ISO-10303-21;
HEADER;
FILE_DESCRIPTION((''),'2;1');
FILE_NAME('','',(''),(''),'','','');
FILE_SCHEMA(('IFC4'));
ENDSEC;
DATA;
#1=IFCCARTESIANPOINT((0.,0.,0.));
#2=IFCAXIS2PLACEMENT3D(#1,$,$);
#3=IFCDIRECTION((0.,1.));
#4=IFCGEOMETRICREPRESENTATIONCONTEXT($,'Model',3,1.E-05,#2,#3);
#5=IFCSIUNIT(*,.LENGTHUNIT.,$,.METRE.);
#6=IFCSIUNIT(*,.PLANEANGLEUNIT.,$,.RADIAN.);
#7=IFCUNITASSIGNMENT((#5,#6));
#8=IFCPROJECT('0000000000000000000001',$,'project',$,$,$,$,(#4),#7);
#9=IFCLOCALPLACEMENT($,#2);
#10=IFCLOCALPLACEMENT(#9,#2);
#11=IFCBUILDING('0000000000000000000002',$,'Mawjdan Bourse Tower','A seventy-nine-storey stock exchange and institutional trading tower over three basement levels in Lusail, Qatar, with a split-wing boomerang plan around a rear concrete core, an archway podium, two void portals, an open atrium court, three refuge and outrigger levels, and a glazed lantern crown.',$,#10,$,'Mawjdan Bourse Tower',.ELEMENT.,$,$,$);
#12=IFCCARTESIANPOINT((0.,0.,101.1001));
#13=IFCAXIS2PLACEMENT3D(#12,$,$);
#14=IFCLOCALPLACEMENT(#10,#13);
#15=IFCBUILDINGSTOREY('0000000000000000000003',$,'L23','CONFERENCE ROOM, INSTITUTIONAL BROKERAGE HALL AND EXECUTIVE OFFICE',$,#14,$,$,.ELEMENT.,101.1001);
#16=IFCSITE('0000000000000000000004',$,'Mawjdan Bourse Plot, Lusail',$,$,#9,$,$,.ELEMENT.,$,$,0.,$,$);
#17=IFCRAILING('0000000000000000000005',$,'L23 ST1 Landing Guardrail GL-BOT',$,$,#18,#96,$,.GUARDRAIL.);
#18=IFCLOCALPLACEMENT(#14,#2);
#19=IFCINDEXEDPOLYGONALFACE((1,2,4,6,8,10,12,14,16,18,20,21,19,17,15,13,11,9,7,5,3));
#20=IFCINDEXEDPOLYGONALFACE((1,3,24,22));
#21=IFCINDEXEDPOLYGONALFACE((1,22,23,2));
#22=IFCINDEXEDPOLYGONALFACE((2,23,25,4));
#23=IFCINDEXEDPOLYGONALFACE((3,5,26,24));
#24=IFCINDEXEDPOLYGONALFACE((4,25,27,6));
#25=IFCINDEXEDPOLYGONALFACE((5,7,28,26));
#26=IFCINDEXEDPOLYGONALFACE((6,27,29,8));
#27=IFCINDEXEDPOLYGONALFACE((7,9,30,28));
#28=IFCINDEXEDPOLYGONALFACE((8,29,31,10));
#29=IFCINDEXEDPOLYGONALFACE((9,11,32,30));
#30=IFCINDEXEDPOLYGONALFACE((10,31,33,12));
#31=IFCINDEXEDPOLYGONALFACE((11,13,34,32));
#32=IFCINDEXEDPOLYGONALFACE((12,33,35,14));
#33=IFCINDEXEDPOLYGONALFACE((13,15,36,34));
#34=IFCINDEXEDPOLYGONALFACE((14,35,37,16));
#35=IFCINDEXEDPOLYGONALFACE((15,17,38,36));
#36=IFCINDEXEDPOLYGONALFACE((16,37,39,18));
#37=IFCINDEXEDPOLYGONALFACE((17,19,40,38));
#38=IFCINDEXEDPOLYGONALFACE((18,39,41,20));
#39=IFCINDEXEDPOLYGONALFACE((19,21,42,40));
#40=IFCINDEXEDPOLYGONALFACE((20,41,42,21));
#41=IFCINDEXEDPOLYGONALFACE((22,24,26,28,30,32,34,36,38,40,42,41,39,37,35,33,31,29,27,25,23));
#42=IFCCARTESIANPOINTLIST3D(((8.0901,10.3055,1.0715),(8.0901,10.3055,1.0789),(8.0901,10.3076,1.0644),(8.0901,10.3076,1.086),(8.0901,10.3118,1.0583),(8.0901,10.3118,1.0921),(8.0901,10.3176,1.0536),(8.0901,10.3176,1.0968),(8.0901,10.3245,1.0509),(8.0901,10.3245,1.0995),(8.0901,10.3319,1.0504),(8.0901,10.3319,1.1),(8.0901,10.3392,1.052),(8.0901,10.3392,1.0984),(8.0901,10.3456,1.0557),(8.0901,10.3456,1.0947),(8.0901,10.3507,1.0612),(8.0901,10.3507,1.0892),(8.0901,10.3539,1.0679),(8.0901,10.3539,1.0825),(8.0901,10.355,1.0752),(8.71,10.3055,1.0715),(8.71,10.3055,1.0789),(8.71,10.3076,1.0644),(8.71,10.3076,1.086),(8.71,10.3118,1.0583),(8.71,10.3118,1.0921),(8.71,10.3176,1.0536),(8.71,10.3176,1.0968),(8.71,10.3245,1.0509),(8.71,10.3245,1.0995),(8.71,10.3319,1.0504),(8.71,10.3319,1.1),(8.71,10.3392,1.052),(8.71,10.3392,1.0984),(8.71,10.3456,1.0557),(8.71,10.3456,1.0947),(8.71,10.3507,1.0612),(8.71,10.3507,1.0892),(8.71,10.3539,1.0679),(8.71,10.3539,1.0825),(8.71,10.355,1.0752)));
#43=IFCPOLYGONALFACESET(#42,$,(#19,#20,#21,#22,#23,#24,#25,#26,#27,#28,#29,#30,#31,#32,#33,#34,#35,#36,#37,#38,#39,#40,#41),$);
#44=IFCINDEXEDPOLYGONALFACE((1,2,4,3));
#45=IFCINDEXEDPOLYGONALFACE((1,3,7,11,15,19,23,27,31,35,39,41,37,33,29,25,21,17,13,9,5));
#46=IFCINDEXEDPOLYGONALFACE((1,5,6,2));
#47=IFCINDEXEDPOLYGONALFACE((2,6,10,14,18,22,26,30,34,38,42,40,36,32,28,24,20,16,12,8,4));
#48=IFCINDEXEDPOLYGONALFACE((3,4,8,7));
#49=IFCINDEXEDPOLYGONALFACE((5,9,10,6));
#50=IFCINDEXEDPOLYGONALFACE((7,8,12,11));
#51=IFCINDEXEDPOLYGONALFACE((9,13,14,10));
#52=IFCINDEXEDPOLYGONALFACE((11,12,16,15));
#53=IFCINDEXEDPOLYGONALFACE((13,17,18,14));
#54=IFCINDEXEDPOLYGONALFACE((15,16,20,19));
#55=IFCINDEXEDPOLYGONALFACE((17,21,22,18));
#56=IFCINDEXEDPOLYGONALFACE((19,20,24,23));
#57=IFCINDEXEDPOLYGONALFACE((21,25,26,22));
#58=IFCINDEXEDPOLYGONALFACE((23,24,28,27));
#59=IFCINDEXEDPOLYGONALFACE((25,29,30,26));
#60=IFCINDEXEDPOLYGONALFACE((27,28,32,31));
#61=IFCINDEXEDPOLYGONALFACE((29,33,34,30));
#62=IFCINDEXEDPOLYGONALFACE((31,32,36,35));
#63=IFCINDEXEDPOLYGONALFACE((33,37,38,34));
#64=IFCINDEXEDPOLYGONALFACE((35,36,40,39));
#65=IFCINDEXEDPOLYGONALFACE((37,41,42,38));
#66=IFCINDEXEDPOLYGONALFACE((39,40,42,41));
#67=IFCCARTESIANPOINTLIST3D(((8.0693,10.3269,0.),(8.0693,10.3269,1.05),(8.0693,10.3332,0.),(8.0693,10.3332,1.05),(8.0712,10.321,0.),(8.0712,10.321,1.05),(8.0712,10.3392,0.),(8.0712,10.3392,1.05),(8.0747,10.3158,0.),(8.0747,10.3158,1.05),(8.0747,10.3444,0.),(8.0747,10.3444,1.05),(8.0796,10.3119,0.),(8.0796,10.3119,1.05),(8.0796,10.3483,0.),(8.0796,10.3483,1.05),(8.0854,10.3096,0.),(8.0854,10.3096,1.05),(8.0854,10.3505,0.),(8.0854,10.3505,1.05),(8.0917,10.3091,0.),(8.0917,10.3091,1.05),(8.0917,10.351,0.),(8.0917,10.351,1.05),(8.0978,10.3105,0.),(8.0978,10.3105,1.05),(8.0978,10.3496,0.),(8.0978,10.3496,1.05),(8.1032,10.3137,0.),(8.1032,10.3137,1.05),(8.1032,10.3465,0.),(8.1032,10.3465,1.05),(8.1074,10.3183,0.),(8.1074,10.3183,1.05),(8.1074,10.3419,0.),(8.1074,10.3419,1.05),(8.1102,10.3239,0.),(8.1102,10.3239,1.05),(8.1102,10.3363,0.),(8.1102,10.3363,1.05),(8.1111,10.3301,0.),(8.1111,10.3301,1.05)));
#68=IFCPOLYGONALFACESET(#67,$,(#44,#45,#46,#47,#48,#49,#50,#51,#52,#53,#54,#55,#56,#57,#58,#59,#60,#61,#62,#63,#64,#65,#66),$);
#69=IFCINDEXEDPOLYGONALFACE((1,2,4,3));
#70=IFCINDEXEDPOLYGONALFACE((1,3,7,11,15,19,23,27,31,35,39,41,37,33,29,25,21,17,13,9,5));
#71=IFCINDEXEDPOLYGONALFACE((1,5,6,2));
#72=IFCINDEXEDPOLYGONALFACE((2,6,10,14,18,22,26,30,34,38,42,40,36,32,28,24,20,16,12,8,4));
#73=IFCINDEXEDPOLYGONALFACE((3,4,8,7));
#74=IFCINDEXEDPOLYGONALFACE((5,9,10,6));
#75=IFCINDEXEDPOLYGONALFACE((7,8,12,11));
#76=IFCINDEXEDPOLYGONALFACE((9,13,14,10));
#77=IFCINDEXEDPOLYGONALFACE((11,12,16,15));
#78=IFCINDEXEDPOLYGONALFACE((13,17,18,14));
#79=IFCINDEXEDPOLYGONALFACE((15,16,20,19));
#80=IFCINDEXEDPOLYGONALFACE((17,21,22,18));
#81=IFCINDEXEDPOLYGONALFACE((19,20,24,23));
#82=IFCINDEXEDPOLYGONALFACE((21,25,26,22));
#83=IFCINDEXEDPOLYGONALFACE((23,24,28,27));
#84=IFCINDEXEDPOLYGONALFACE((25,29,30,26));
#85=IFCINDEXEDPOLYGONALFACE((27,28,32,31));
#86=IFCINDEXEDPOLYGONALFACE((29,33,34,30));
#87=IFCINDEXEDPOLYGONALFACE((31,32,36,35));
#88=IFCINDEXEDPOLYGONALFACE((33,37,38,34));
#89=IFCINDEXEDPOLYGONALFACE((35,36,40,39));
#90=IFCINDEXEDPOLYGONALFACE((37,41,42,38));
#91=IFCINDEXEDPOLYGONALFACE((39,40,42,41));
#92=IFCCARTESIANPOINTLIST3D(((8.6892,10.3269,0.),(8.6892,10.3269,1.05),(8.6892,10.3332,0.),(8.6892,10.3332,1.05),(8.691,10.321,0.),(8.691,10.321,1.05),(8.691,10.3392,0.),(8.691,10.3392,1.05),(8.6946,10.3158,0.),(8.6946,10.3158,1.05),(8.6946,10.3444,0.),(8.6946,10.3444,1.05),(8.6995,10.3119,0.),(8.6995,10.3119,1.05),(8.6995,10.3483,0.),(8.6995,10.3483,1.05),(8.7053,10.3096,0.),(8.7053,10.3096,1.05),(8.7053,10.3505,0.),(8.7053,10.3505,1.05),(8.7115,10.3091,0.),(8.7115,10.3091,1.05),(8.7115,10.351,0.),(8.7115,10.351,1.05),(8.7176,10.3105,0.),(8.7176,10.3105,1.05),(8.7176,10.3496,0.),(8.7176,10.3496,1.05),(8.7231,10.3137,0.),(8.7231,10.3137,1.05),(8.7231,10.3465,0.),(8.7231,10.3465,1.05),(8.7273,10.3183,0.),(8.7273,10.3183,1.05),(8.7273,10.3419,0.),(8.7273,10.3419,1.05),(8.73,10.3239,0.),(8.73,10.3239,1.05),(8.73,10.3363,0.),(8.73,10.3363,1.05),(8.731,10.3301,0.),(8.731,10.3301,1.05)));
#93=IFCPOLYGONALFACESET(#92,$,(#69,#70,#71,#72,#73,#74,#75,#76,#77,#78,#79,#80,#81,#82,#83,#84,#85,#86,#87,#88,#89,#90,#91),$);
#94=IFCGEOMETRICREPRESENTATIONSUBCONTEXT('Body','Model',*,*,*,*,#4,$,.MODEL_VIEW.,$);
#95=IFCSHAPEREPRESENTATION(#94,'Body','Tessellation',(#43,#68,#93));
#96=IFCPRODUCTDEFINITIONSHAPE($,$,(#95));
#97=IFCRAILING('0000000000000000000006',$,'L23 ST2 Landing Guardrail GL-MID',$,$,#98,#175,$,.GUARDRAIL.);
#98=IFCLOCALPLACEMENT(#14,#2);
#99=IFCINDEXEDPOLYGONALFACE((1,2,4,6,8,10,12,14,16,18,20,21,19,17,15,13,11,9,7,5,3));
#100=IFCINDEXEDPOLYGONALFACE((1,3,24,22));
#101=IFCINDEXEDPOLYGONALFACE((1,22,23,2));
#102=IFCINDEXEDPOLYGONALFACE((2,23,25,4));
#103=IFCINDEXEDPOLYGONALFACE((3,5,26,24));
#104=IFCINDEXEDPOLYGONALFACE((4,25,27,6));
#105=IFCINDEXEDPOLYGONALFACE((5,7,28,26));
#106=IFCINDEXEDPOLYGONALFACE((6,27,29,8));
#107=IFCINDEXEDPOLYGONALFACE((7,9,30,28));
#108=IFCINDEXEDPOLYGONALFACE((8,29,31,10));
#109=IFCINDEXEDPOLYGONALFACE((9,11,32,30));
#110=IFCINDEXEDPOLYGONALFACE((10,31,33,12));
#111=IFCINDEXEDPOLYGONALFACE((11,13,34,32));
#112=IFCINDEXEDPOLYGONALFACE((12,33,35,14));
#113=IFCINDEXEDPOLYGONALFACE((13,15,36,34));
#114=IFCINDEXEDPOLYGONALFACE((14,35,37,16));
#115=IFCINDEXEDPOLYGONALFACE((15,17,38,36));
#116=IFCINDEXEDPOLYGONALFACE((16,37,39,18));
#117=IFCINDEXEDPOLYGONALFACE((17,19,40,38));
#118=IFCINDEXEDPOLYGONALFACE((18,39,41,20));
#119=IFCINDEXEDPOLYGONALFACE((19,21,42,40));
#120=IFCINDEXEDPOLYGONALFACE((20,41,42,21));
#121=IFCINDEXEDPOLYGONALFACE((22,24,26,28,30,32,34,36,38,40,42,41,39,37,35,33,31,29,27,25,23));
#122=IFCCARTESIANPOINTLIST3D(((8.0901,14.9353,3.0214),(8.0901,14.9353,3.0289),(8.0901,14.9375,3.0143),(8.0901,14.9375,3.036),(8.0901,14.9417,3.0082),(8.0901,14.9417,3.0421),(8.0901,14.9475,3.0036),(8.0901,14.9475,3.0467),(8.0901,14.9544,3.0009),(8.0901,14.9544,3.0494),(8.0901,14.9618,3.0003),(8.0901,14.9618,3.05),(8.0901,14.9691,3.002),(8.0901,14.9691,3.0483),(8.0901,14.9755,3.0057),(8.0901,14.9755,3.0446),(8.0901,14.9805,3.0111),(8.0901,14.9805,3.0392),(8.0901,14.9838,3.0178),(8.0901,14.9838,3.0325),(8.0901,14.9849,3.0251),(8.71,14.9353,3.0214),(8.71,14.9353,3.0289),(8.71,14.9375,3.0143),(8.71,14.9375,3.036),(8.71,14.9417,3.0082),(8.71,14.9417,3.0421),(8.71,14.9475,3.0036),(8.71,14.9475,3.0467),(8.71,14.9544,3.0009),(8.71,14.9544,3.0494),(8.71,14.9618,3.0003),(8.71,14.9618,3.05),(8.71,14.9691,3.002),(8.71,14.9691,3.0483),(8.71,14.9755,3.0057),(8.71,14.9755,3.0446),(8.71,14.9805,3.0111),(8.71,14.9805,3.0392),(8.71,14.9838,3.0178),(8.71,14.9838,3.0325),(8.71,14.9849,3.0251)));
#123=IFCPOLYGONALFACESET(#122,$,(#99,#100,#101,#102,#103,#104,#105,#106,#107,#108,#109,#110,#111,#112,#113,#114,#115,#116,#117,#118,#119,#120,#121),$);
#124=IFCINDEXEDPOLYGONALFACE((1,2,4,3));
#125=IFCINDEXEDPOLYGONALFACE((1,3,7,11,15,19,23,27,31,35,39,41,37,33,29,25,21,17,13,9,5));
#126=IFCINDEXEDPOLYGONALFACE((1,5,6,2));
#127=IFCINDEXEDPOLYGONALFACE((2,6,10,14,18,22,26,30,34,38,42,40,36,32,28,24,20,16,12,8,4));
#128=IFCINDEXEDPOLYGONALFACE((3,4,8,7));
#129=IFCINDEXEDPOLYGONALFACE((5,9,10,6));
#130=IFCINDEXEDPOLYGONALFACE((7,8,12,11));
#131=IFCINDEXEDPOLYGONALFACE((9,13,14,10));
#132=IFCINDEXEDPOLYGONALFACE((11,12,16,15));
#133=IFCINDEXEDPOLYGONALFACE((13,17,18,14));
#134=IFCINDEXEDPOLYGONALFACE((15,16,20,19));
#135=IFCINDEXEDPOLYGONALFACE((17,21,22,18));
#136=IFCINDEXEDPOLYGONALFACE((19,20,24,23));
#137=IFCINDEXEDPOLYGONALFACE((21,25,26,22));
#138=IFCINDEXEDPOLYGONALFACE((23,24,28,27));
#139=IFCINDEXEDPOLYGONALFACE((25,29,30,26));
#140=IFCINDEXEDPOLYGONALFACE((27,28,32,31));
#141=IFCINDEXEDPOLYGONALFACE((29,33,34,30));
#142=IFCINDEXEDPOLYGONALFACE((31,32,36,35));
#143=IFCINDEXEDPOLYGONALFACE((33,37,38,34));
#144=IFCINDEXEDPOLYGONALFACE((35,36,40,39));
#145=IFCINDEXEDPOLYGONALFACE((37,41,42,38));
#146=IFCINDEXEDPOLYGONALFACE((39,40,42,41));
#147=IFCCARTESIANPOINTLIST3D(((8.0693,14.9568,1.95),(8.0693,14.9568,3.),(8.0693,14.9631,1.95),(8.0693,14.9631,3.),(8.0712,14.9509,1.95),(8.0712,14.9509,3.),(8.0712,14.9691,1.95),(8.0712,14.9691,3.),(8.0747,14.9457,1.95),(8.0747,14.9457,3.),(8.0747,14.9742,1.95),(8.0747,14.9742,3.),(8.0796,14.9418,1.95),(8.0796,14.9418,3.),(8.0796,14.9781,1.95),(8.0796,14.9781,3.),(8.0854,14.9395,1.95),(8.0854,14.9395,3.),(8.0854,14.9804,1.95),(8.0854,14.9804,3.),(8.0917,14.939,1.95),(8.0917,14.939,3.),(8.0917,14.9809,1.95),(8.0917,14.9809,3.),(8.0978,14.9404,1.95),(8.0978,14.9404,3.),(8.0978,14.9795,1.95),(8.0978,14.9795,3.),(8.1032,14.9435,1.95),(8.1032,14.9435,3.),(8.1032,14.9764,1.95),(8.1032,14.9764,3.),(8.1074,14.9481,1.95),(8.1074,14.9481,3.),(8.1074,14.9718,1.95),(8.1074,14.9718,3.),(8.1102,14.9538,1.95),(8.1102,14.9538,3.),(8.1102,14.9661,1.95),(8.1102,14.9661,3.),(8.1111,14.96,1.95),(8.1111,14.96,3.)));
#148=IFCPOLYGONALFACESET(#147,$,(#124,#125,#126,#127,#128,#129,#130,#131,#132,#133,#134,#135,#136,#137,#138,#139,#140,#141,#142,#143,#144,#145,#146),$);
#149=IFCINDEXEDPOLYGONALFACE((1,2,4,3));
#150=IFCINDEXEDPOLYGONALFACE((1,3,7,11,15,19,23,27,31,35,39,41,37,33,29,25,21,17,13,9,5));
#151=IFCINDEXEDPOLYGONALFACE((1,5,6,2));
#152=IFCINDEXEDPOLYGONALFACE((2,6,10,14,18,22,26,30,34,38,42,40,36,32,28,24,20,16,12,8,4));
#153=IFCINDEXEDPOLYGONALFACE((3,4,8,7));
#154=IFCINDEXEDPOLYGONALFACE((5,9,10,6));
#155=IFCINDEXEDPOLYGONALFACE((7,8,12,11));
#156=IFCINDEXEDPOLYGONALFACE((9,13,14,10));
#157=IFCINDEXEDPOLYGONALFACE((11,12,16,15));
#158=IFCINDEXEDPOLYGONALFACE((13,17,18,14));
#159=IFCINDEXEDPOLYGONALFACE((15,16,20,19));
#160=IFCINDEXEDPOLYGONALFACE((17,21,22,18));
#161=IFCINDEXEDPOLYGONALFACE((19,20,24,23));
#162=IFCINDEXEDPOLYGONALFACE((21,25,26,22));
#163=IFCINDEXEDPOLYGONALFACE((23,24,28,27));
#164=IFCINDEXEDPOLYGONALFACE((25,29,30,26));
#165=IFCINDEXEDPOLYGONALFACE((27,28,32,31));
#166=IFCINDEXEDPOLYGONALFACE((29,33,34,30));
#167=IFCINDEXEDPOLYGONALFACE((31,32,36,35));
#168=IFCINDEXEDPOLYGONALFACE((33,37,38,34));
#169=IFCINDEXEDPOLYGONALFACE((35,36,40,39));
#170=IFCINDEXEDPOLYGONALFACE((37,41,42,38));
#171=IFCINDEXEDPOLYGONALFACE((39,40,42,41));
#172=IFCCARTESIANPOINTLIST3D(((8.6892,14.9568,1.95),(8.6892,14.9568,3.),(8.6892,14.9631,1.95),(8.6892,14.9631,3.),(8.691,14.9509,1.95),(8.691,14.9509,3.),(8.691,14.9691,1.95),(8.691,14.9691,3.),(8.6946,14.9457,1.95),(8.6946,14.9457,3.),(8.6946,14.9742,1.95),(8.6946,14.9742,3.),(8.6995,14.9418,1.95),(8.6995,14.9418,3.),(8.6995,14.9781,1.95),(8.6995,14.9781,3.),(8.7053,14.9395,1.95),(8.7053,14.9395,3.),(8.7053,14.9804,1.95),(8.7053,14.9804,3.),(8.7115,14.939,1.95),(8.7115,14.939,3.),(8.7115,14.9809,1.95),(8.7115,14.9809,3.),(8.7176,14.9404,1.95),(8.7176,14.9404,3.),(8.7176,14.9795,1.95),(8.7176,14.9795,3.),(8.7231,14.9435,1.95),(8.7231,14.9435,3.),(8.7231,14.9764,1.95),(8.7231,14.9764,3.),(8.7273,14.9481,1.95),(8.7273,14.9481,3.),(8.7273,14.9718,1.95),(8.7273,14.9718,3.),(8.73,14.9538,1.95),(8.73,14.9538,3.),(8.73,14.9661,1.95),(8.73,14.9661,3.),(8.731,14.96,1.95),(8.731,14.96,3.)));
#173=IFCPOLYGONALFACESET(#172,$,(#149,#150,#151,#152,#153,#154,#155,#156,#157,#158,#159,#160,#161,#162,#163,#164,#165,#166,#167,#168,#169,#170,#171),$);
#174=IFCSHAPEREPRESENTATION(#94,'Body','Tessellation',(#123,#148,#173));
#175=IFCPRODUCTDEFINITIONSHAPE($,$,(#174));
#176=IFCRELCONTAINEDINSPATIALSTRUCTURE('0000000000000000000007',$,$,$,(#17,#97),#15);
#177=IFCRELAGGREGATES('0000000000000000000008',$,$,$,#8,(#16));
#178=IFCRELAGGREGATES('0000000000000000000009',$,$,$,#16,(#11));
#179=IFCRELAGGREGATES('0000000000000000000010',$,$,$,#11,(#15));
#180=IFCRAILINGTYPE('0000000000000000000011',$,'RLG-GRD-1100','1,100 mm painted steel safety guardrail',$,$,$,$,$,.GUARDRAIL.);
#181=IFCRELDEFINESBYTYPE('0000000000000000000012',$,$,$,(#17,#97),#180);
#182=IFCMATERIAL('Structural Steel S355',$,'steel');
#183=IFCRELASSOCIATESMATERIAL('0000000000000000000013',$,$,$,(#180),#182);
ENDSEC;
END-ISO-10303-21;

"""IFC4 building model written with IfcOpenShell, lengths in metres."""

from ifc_helpers import new_model, si_unit, direction, frame, origin, origin_2d, place, context, subcontext, project, spatial, circle, extrude, material, type_object, element, save


model = new_model("IFC4")

# Units and contexts
model_context = context("Model", 3, precision=1e-05, world=origin(), true_north=direction((0.0, 1.0)))
body_context = subcontext(model_context, "Body", "Model", "MODEL_VIEW")
ifc_project = project(units=[si_unit("LENGTHUNIT", "METRE"), si_unit("PLANEANGLEUNIT", "RADIAN")], contexts=[model_context])

# Site, building, storey
site_placement = place(None, origin())
site = spatial("IfcSite", under=ifc_project, at=site_placement, Name="Mawjdan Bourse Plot, Lusail", CompositionType="ELEMENT", RefElevation=0.0)
building_placement = place(site_placement, origin())
building = spatial("IfcBuilding", under=site, at=building_placement, Name="Mawjdan Bourse Tower", Description="A seventy-nine-storey stock exchange and institutional trading tower over three basement levels in Lusail, Qatar, with a split-wing boomerang plan around a rear concrete core, an archway podium, two void portals, an open atrium court, three refuge and outrigger levels, and a glazed lantern crown.", LongName="Mawjdan Bourse Tower", CompositionType="ELEMENT")
storey_placement = place(building_placement, frame((0.0, 0.0, 101.1001)))
storey = spatial("IfcBuildingStorey", under=building, at=storey_placement, Name="L23", Description="CONFERENCE ROOM, INSTITUTIONAL BROKERAGE HALL AND EXECUTIVE OFFICE", CompositionType="ELEMENT", Elevation=101.1001)

# Shared definitions
ifc_material_1 = material(Name="Structural Steel S355", Category="steel")

# Railings
railing_type_1 = type_object("IfcRailingType", Name="RLG-GRD-1100", Description="1,100 mm painted steel safety guardrail", PredefinedType="GUARDRAIL", material=ifc_material_1)
for number, where, name in (
    (1, (8.0901, 10.3301, 0.0), "L23 ST1 Landing Guardrail GL-BOT"),
    (2, (8.0901, 14.96, 1.95), "L23 ST2 Landing Guardrail GL-MID"),
):
    element("IfcRailing", number, at=place(storey_placement, frame(where)), inside=storey, type_object=railing_type_1, Name=name, PredefinedType="GUARDRAIL", context=body_context, shape_type="SweptSolid", body=[
        extrude(circle(Radius=0.0249, at=origin_2d()), frame((0.0, 0.0, 1.0752), z_axis=(1.0, 0.0, 0.0), x_axis=(0.0, 1.0, 0.0)), (0.0, 0.0, 1.0), 0.6199),
        extrude(circle(Radius=0.021, at=origin_2d()), origin(), (0.0, 0.0, 1.0), 1.05),
        extrude(circle(Radius=0.021, at=origin_2d()), frame((0.6199, 0.0, 0.0)), (0.0, 0.0, 1.0), 1.05),
    ])

save(model, "model.ifc")
